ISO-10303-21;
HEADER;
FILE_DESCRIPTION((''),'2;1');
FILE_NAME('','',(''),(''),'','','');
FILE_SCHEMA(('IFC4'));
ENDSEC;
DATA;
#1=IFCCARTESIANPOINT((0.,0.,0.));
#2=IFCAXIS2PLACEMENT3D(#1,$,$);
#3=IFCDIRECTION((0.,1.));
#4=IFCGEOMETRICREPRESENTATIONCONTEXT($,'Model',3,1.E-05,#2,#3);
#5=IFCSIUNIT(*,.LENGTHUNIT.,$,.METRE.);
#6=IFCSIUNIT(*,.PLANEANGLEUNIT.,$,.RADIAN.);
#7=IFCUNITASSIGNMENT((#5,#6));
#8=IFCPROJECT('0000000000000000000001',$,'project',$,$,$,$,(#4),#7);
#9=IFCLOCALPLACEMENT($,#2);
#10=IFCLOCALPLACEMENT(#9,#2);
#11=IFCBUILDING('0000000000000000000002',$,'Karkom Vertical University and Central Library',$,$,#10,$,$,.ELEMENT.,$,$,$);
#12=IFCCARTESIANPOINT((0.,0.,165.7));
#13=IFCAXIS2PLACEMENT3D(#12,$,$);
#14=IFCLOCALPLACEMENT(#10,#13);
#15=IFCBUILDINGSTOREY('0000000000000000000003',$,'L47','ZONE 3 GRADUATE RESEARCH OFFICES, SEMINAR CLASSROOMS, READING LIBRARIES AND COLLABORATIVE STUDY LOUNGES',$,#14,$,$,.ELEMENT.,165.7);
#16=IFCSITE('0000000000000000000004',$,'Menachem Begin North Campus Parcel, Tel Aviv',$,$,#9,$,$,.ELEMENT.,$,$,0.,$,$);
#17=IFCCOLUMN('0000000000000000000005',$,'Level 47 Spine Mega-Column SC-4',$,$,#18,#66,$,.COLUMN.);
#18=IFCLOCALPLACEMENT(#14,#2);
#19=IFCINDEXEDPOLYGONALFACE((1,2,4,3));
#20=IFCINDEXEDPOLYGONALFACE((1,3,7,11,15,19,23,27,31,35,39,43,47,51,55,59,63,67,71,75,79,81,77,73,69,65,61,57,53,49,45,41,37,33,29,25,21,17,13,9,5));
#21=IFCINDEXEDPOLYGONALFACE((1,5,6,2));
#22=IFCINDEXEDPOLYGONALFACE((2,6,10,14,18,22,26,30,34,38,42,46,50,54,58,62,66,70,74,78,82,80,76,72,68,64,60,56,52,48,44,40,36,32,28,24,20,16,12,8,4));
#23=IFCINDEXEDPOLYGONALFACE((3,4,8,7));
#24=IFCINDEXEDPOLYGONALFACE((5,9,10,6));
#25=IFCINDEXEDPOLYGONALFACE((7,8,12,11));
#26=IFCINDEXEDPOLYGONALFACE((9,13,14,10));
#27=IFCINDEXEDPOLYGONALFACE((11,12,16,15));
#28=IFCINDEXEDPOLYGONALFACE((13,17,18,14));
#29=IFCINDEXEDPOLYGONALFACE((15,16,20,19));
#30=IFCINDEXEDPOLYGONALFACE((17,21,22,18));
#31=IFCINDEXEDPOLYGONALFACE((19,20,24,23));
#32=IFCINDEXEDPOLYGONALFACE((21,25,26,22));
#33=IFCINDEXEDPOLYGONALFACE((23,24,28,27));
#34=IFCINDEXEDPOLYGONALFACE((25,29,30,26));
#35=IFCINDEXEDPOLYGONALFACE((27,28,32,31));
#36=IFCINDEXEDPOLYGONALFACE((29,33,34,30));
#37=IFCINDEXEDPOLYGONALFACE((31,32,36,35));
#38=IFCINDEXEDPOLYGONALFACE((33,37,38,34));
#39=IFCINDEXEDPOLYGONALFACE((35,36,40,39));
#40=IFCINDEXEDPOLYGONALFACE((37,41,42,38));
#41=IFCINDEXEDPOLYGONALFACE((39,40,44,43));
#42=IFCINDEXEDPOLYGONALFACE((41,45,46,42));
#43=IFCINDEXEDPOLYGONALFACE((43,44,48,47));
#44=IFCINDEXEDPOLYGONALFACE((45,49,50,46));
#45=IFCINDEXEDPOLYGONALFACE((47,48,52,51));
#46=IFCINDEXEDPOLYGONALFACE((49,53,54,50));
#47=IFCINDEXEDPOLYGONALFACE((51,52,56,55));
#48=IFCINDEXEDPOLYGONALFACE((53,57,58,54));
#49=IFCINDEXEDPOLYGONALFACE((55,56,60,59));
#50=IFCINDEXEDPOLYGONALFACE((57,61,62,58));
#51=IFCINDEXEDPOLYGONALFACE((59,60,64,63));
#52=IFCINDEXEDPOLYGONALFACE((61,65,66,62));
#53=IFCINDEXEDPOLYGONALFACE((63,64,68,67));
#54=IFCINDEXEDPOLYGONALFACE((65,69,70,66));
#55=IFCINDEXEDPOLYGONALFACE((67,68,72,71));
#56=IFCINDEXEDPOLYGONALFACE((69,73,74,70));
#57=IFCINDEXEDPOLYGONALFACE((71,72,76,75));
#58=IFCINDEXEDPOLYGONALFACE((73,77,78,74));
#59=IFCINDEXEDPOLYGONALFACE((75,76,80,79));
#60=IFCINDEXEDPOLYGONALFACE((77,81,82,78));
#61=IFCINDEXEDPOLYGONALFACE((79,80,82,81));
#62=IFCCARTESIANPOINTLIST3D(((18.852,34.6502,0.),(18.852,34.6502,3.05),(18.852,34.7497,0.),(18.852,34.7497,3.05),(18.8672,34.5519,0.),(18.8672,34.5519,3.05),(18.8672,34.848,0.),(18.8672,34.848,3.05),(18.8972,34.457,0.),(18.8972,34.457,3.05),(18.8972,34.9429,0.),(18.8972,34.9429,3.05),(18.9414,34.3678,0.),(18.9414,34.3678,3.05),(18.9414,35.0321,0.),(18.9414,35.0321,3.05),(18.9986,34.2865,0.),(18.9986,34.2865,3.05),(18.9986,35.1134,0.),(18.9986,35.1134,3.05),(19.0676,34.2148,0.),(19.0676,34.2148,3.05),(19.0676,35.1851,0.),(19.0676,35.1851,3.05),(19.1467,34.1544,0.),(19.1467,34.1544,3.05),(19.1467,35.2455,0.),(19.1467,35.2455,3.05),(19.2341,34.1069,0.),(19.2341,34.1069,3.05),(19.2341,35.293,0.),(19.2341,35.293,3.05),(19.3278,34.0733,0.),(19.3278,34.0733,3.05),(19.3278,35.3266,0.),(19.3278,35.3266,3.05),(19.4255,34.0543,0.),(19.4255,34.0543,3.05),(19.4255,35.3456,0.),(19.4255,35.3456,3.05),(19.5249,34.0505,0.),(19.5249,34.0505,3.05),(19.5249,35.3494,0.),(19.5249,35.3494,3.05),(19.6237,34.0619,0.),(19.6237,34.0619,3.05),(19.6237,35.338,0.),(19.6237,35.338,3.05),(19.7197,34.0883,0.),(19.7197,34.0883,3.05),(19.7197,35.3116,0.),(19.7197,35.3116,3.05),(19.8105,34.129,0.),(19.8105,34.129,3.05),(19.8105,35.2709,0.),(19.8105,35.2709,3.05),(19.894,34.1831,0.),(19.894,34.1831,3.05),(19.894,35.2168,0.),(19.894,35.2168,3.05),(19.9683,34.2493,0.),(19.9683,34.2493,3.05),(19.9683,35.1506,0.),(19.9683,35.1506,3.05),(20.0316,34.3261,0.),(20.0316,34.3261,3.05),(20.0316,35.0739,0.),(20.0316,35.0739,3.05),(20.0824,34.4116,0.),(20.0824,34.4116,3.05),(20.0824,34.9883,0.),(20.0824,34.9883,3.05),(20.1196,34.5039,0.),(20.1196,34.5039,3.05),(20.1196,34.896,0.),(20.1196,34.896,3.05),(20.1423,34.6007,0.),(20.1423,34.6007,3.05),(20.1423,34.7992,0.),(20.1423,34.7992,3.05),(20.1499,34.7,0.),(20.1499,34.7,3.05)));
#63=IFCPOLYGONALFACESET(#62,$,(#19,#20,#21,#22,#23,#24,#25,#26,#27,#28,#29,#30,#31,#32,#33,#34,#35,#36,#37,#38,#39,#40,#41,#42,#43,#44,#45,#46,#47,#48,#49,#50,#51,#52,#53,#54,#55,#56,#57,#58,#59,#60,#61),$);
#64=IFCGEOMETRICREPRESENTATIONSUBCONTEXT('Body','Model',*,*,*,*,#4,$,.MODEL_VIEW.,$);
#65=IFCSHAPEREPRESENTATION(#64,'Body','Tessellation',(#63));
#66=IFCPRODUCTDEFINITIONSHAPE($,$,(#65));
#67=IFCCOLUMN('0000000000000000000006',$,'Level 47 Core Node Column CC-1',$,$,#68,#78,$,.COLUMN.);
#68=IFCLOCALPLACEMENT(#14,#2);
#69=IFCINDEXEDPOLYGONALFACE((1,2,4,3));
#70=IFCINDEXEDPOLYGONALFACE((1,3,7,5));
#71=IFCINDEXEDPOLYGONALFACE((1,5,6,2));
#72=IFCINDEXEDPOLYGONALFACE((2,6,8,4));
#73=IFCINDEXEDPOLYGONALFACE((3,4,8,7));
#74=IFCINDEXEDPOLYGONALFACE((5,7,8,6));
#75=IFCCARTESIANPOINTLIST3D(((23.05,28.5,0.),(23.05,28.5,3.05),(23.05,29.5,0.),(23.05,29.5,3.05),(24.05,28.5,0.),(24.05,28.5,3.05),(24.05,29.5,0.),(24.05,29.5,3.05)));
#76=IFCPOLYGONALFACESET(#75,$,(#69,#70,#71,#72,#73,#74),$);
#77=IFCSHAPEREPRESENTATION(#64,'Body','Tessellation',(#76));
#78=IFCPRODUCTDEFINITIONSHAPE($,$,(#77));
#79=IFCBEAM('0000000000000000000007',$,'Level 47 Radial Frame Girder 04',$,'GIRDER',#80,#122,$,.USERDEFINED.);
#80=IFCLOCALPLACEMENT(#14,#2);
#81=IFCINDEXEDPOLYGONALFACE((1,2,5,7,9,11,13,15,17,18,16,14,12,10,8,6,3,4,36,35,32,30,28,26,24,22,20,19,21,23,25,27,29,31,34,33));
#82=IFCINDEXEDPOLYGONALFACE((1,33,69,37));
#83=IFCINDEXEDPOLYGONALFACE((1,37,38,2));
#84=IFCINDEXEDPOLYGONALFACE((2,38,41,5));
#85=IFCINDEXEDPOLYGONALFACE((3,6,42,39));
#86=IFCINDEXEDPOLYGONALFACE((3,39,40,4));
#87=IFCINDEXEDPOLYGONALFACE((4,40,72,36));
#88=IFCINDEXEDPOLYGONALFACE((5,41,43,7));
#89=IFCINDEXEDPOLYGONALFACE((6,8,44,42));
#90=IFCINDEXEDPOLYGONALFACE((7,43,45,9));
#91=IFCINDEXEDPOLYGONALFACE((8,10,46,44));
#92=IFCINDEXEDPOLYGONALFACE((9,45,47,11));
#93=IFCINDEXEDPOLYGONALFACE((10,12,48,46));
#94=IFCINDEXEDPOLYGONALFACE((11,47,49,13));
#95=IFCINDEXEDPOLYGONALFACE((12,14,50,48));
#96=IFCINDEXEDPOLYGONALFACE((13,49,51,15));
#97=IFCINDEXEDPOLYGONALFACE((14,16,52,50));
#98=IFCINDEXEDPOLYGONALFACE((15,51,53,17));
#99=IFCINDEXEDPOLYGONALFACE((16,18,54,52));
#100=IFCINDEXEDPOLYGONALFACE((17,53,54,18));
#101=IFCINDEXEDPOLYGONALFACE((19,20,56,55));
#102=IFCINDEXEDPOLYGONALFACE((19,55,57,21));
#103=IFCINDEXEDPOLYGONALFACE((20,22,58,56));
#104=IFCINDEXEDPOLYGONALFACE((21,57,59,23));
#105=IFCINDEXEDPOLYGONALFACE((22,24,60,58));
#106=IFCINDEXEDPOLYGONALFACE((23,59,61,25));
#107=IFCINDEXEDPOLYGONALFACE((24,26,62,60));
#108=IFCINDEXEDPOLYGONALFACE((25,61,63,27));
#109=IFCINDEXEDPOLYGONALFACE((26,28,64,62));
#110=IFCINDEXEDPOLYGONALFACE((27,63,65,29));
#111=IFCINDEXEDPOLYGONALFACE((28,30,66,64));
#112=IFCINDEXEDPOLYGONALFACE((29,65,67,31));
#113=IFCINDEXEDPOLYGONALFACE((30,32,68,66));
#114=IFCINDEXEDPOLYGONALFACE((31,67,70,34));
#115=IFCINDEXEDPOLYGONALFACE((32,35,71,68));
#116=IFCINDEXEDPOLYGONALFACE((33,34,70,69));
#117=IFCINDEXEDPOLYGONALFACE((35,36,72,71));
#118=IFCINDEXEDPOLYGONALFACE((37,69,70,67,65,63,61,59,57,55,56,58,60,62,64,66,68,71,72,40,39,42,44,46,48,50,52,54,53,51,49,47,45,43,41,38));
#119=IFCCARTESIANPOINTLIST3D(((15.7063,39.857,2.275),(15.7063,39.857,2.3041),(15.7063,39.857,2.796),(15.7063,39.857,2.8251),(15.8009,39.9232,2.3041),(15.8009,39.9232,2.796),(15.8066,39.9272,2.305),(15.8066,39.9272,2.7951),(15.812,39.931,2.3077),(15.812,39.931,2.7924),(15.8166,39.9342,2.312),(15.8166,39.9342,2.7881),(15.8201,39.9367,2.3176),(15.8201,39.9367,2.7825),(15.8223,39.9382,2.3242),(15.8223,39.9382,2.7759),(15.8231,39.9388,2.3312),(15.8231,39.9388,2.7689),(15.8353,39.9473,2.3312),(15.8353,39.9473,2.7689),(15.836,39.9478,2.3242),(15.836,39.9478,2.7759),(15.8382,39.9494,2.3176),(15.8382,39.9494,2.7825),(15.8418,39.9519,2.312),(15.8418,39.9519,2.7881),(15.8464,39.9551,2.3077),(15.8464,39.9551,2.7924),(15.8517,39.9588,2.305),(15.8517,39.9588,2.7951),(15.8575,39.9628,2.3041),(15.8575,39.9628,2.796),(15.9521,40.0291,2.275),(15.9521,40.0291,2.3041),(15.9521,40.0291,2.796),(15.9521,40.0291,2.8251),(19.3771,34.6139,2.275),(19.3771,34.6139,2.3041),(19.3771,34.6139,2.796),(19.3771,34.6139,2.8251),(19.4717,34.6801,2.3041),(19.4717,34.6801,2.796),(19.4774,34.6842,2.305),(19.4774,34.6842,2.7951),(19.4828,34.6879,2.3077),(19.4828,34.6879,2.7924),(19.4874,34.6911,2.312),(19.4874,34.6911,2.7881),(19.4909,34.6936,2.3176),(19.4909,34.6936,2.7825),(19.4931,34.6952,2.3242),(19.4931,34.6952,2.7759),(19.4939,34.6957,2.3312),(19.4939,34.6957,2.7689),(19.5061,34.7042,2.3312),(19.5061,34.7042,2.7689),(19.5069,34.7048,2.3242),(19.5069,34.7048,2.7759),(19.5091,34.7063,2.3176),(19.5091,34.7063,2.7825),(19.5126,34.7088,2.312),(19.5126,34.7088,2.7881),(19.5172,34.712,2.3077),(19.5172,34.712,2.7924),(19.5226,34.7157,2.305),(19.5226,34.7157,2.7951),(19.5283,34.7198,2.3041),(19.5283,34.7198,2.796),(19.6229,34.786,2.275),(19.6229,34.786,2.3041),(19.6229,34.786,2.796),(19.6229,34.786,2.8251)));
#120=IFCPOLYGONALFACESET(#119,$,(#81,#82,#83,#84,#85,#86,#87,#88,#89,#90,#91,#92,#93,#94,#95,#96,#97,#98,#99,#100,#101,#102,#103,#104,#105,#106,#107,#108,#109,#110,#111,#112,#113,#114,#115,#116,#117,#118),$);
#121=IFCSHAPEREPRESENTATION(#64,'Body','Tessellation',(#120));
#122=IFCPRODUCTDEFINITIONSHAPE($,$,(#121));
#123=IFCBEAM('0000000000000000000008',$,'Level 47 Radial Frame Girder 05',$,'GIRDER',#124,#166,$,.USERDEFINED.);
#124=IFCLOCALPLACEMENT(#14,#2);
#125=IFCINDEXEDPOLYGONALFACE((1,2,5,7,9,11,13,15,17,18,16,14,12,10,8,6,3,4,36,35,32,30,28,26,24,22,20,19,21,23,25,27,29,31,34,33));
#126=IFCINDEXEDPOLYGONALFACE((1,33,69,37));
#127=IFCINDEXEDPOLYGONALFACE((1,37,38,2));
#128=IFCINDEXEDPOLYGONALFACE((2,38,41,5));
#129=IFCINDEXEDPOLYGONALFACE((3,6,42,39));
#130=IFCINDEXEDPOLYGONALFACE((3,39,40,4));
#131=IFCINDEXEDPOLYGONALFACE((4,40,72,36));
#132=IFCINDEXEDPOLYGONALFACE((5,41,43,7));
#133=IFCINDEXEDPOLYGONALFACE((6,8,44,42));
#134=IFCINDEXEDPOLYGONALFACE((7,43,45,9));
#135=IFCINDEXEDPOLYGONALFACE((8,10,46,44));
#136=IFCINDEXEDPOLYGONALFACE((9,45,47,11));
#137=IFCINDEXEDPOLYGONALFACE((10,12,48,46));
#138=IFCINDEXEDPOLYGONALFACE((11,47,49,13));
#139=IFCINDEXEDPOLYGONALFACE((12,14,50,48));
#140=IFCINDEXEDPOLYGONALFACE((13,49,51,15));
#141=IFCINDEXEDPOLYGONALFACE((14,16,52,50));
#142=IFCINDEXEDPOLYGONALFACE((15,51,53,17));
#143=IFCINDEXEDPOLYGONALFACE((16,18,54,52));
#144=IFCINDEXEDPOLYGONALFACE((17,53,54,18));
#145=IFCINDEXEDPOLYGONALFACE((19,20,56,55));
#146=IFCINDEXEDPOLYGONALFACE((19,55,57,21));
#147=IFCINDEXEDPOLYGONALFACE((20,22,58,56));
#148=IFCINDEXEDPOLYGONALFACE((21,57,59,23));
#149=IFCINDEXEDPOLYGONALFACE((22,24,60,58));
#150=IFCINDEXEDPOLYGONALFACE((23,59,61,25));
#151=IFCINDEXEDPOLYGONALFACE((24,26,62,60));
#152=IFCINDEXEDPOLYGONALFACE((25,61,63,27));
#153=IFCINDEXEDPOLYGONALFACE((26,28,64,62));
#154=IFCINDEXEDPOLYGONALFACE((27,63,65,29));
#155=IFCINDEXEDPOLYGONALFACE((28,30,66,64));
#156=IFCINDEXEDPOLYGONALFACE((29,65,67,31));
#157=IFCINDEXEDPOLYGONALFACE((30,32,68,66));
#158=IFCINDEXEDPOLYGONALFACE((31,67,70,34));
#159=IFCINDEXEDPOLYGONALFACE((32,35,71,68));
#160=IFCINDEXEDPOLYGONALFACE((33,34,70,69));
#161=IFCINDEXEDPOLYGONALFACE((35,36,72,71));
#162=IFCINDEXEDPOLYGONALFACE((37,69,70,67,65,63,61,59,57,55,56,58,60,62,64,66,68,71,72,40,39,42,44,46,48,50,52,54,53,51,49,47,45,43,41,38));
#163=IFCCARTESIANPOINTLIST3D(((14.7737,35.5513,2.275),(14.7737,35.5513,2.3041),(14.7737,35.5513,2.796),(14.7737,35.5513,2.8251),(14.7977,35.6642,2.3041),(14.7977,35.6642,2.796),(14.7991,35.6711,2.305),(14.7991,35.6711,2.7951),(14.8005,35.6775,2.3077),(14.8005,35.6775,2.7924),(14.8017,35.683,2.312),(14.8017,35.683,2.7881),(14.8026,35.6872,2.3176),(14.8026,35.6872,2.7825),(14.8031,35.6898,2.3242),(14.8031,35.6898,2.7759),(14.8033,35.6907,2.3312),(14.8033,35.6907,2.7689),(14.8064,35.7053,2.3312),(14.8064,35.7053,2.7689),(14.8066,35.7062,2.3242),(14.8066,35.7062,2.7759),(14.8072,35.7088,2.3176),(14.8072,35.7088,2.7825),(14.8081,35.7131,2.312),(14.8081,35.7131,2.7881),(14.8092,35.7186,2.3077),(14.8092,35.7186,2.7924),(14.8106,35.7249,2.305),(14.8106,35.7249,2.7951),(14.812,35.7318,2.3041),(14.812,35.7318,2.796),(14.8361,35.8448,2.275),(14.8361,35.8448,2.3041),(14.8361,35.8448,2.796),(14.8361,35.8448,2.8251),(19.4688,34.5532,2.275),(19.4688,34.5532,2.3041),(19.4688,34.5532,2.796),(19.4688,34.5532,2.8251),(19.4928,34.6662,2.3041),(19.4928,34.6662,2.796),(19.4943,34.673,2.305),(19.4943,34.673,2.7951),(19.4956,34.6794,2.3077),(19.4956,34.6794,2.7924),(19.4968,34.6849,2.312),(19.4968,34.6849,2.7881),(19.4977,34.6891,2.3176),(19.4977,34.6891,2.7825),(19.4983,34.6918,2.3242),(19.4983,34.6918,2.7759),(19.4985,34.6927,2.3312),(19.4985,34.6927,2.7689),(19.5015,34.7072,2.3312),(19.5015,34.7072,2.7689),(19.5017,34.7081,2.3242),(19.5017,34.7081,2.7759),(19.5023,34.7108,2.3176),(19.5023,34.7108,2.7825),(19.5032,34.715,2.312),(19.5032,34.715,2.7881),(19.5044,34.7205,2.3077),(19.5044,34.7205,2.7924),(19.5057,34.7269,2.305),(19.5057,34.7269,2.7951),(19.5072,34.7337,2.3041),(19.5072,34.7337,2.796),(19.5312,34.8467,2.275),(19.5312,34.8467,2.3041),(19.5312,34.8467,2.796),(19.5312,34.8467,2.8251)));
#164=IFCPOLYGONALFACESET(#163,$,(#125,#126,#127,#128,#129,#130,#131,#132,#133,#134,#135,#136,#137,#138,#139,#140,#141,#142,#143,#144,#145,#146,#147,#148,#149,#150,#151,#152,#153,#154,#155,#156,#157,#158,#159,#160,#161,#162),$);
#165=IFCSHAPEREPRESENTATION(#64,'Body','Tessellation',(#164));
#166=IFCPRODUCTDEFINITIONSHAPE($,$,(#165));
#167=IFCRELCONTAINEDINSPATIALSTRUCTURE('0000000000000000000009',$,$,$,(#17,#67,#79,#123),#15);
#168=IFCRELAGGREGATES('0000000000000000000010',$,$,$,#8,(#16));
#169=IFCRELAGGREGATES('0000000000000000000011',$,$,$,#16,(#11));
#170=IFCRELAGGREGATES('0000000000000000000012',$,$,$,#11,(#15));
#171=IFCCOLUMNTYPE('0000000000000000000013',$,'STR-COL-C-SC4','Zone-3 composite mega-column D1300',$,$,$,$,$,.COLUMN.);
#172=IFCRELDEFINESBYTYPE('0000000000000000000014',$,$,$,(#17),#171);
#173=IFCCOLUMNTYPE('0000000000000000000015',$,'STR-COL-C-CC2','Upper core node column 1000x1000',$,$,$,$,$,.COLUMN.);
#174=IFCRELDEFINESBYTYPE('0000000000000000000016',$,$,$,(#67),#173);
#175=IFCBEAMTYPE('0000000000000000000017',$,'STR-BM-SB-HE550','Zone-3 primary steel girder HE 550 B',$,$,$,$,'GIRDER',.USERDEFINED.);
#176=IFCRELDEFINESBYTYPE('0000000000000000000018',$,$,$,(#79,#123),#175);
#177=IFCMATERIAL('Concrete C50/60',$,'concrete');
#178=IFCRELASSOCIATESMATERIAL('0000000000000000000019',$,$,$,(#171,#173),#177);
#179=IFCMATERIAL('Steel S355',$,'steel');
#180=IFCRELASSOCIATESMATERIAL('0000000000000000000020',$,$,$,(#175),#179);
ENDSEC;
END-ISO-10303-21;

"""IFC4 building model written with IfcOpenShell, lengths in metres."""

from ifc_helpers import new_model, si_unit, direction, frame, origin, origin_with_axes, origin_2d, place, context, subcontext, project, spatial, rectangle, circle, i_section, extrude, source, transform, mapped, material, material_profile, profile_set, type_object, element, save


model = new_model("IFC4")

# Units and contexts
model_context = context("Model", 3, precision=1e-05, world=origin(), true_north=direction((0.0, 1.0)))
body_context = subcontext(model_context, "Body", "Model", "MODEL_VIEW")
ifc_project = project(units=[si_unit("LENGTHUNIT", "METRE"), si_unit("PLANEANGLEUNIT", "RADIAN")], contexts=[model_context])

# Site, building, storey
site_placement = place(None, origin())
site = spatial("IfcSite", under=ifc_project, at=site_placement, Name="Menachem Begin North Campus Parcel, Tel Aviv", CompositionType="ELEMENT", RefElevation=0.0)
building_placement = place(site_placement, origin())
building = spatial("IfcBuilding", under=site, at=building_placement, Name="Karkom Vertical University and Central Library", CompositionType="ELEMENT")
storey_placement = place(building_placement, frame((0.0, 0.0, 165.7)))
storey = spatial("IfcBuildingStorey", under=building, at=storey_placement, Name="L47", Description="ZONE 3 GRADUATE RESEARCH OFFICES, SEMINAR CLASSROOMS, READING LIBRARIES AND COLLABORATIVE STUDY LOUNGES", CompositionType="ELEMENT", Elevation=165.7)

# Columns
ifc_material_1 = material(Name="Concrete C50/60", Category="concrete")
ifc_material_profile_1 = material_profile(ifc_material_1, circle(Radius=0.6499, at=origin_2d()), Name="CFT-D1300")
ifc_profile_set_1 = profile_set([ifc_material_profile_1], Name="Concrete C50/60")
column_type_1 = type_object("IfcColumnType", Name="STR-COL-C-SC4", Description="Zone-3 composite mega-column D1300", PredefinedType="COLUMN", material=ifc_profile_set_1)
shared_shape_1 = source(origin_with_axes(), body_context, "Body", "SweptSolid", [
    extrude(circle(Radius=0.6499, at=origin_2d()), origin(), (0.0, 0.0, 1.0), 3.05),
])
column_1_placement = place(storey_placement, frame((19.5, 34.7, 0.0), z_axis=(0.0, 0.0, 1.0), x_axis=(1.0, 0.0, 0.0)))
element("IfcColumn", 1, at=column_1_placement, inside=storey, type_object=column_type_1, Name="Level 47 Spine Mega-Column SC-4", PredefinedType="COLUMN", context=body_context, shape_type="MappedRepresentation", body=[
    mapped(shared_shape_1, transform((0.0, 0.0, 0.0), scale=1.0)),
])
ifc_material_profile_2 = material_profile(ifc_material_1, rectangle(XDim=1.0, YDim=1.0, at=origin_2d()), Name="RC-1000x1000")
ifc_profile_set_2 = profile_set([ifc_material_profile_2], Name="Concrete C50/60")
column_type_2 = type_object("IfcColumnType", Name="STR-COL-C-CC2", Description="Upper core node column 1000x1000", PredefinedType="COLUMN", material=ifc_profile_set_2)
shared_shape_2 = source(origin_with_axes(), body_context, "Body", "SweptSolid", [
    extrude(rectangle(XDim=1.0, YDim=1.0, at=origin_2d()), origin(), (0.0, 0.0, 1.0), 3.05),
])
column_2_placement = place(storey_placement, frame((23.55, 29.0, 0.0), z_axis=(0.0, 0.0, 1.0), x_axis=(1.0, 0.0, 0.0)))
element("IfcColumn", 2, at=column_2_placement, inside=storey, type_object=column_type_2, Name="Level 47 Core Node Column CC-1", PredefinedType="COLUMN", context=body_context, shape_type="MappedRepresentation", body=[
    mapped(shared_shape_2, transform((0.0, 0.0, 0.0), scale=1.0)),
])

# Beams
ifc_material_2 = material(Name="Steel S355", Category="steel")
ifc_material_profile_3 = material_profile(ifc_material_2, i_section(OverallWidth=0.3, OverallDepth=0.55, WebThickness=0.0149, FlangeThickness=0.0291, FilletRadius=0.0271, at=origin_2d()), Name="HE 550 B")
ifc_profile_set_3 = profile_set([ifc_material_profile_3], Name="Steel S355")
beam_type = type_object("IfcBeamType", Name="STR-BM-SB-HE550", Description="Zone-3 primary steel girder HE 550 B", ElementType="GIRDER", PredefinedType="USERDEFINED", material=ifc_profile_set_3)
shared_shape_3 = source(origin_with_axes(), body_context, "Body", "SweptSolid", [
    extrude(i_section(OverallWidth=0.3, OverallDepth=0.55, WebThickness=0.0149, FlangeThickness=0.0291, FilletRadius=0.0271, at=origin_2d()), origin(), (0.0, 0.0, 1.0), 6.4004),
])
beam_1_placement = place(storey_placement, frame((19.5, 34.7, 2.55), z_axis=(-0.573534, 0.819182, 0.0), x_axis=(-0.819182, -0.573534, 0.0)))
element("IfcBeam", 3, at=beam_1_placement, inside=storey, type_object=beam_type, Name="Level 47 Radial Frame Girder 04", ObjectType="GIRDER", PredefinedType="USERDEFINED", context=body_context, shape_type="MappedRepresentation", body=[
    mapped(shared_shape_3, transform((0.0, 0.0, 0.0), scale=1.0)),
])
shared_shape_4 = source(origin_with_axes(), body_context, "Body", "SweptSolid", [
    extrude(i_section(OverallWidth=0.3, OverallDepth=0.55, WebThickness=0.0149, FlangeThickness=0.0291, FilletRadius=0.0271, at=origin_2d()), origin(), (0.0, 0.0, 1.0), 4.8),
])
beam_2_placement = place(storey_placement, frame((19.5, 34.7, 2.55), z_axis=(-0.978144, 0.207927, 0.0), x_axis=(-0.207927, -0.978144, 0.0)))
element("IfcBeam", 4, at=beam_2_placement, inside=storey, type_object=beam_type, Name="Level 47 Radial Frame Girder 05", ObjectType="GIRDER", PredefinedType="USERDEFINED", context=body_context, shape_type="MappedRepresentation", body=[
    mapped(shared_shape_4, transform((0.0, 0.0, 0.0), scale=1.0)),
])

save(model, "model.ifc")
